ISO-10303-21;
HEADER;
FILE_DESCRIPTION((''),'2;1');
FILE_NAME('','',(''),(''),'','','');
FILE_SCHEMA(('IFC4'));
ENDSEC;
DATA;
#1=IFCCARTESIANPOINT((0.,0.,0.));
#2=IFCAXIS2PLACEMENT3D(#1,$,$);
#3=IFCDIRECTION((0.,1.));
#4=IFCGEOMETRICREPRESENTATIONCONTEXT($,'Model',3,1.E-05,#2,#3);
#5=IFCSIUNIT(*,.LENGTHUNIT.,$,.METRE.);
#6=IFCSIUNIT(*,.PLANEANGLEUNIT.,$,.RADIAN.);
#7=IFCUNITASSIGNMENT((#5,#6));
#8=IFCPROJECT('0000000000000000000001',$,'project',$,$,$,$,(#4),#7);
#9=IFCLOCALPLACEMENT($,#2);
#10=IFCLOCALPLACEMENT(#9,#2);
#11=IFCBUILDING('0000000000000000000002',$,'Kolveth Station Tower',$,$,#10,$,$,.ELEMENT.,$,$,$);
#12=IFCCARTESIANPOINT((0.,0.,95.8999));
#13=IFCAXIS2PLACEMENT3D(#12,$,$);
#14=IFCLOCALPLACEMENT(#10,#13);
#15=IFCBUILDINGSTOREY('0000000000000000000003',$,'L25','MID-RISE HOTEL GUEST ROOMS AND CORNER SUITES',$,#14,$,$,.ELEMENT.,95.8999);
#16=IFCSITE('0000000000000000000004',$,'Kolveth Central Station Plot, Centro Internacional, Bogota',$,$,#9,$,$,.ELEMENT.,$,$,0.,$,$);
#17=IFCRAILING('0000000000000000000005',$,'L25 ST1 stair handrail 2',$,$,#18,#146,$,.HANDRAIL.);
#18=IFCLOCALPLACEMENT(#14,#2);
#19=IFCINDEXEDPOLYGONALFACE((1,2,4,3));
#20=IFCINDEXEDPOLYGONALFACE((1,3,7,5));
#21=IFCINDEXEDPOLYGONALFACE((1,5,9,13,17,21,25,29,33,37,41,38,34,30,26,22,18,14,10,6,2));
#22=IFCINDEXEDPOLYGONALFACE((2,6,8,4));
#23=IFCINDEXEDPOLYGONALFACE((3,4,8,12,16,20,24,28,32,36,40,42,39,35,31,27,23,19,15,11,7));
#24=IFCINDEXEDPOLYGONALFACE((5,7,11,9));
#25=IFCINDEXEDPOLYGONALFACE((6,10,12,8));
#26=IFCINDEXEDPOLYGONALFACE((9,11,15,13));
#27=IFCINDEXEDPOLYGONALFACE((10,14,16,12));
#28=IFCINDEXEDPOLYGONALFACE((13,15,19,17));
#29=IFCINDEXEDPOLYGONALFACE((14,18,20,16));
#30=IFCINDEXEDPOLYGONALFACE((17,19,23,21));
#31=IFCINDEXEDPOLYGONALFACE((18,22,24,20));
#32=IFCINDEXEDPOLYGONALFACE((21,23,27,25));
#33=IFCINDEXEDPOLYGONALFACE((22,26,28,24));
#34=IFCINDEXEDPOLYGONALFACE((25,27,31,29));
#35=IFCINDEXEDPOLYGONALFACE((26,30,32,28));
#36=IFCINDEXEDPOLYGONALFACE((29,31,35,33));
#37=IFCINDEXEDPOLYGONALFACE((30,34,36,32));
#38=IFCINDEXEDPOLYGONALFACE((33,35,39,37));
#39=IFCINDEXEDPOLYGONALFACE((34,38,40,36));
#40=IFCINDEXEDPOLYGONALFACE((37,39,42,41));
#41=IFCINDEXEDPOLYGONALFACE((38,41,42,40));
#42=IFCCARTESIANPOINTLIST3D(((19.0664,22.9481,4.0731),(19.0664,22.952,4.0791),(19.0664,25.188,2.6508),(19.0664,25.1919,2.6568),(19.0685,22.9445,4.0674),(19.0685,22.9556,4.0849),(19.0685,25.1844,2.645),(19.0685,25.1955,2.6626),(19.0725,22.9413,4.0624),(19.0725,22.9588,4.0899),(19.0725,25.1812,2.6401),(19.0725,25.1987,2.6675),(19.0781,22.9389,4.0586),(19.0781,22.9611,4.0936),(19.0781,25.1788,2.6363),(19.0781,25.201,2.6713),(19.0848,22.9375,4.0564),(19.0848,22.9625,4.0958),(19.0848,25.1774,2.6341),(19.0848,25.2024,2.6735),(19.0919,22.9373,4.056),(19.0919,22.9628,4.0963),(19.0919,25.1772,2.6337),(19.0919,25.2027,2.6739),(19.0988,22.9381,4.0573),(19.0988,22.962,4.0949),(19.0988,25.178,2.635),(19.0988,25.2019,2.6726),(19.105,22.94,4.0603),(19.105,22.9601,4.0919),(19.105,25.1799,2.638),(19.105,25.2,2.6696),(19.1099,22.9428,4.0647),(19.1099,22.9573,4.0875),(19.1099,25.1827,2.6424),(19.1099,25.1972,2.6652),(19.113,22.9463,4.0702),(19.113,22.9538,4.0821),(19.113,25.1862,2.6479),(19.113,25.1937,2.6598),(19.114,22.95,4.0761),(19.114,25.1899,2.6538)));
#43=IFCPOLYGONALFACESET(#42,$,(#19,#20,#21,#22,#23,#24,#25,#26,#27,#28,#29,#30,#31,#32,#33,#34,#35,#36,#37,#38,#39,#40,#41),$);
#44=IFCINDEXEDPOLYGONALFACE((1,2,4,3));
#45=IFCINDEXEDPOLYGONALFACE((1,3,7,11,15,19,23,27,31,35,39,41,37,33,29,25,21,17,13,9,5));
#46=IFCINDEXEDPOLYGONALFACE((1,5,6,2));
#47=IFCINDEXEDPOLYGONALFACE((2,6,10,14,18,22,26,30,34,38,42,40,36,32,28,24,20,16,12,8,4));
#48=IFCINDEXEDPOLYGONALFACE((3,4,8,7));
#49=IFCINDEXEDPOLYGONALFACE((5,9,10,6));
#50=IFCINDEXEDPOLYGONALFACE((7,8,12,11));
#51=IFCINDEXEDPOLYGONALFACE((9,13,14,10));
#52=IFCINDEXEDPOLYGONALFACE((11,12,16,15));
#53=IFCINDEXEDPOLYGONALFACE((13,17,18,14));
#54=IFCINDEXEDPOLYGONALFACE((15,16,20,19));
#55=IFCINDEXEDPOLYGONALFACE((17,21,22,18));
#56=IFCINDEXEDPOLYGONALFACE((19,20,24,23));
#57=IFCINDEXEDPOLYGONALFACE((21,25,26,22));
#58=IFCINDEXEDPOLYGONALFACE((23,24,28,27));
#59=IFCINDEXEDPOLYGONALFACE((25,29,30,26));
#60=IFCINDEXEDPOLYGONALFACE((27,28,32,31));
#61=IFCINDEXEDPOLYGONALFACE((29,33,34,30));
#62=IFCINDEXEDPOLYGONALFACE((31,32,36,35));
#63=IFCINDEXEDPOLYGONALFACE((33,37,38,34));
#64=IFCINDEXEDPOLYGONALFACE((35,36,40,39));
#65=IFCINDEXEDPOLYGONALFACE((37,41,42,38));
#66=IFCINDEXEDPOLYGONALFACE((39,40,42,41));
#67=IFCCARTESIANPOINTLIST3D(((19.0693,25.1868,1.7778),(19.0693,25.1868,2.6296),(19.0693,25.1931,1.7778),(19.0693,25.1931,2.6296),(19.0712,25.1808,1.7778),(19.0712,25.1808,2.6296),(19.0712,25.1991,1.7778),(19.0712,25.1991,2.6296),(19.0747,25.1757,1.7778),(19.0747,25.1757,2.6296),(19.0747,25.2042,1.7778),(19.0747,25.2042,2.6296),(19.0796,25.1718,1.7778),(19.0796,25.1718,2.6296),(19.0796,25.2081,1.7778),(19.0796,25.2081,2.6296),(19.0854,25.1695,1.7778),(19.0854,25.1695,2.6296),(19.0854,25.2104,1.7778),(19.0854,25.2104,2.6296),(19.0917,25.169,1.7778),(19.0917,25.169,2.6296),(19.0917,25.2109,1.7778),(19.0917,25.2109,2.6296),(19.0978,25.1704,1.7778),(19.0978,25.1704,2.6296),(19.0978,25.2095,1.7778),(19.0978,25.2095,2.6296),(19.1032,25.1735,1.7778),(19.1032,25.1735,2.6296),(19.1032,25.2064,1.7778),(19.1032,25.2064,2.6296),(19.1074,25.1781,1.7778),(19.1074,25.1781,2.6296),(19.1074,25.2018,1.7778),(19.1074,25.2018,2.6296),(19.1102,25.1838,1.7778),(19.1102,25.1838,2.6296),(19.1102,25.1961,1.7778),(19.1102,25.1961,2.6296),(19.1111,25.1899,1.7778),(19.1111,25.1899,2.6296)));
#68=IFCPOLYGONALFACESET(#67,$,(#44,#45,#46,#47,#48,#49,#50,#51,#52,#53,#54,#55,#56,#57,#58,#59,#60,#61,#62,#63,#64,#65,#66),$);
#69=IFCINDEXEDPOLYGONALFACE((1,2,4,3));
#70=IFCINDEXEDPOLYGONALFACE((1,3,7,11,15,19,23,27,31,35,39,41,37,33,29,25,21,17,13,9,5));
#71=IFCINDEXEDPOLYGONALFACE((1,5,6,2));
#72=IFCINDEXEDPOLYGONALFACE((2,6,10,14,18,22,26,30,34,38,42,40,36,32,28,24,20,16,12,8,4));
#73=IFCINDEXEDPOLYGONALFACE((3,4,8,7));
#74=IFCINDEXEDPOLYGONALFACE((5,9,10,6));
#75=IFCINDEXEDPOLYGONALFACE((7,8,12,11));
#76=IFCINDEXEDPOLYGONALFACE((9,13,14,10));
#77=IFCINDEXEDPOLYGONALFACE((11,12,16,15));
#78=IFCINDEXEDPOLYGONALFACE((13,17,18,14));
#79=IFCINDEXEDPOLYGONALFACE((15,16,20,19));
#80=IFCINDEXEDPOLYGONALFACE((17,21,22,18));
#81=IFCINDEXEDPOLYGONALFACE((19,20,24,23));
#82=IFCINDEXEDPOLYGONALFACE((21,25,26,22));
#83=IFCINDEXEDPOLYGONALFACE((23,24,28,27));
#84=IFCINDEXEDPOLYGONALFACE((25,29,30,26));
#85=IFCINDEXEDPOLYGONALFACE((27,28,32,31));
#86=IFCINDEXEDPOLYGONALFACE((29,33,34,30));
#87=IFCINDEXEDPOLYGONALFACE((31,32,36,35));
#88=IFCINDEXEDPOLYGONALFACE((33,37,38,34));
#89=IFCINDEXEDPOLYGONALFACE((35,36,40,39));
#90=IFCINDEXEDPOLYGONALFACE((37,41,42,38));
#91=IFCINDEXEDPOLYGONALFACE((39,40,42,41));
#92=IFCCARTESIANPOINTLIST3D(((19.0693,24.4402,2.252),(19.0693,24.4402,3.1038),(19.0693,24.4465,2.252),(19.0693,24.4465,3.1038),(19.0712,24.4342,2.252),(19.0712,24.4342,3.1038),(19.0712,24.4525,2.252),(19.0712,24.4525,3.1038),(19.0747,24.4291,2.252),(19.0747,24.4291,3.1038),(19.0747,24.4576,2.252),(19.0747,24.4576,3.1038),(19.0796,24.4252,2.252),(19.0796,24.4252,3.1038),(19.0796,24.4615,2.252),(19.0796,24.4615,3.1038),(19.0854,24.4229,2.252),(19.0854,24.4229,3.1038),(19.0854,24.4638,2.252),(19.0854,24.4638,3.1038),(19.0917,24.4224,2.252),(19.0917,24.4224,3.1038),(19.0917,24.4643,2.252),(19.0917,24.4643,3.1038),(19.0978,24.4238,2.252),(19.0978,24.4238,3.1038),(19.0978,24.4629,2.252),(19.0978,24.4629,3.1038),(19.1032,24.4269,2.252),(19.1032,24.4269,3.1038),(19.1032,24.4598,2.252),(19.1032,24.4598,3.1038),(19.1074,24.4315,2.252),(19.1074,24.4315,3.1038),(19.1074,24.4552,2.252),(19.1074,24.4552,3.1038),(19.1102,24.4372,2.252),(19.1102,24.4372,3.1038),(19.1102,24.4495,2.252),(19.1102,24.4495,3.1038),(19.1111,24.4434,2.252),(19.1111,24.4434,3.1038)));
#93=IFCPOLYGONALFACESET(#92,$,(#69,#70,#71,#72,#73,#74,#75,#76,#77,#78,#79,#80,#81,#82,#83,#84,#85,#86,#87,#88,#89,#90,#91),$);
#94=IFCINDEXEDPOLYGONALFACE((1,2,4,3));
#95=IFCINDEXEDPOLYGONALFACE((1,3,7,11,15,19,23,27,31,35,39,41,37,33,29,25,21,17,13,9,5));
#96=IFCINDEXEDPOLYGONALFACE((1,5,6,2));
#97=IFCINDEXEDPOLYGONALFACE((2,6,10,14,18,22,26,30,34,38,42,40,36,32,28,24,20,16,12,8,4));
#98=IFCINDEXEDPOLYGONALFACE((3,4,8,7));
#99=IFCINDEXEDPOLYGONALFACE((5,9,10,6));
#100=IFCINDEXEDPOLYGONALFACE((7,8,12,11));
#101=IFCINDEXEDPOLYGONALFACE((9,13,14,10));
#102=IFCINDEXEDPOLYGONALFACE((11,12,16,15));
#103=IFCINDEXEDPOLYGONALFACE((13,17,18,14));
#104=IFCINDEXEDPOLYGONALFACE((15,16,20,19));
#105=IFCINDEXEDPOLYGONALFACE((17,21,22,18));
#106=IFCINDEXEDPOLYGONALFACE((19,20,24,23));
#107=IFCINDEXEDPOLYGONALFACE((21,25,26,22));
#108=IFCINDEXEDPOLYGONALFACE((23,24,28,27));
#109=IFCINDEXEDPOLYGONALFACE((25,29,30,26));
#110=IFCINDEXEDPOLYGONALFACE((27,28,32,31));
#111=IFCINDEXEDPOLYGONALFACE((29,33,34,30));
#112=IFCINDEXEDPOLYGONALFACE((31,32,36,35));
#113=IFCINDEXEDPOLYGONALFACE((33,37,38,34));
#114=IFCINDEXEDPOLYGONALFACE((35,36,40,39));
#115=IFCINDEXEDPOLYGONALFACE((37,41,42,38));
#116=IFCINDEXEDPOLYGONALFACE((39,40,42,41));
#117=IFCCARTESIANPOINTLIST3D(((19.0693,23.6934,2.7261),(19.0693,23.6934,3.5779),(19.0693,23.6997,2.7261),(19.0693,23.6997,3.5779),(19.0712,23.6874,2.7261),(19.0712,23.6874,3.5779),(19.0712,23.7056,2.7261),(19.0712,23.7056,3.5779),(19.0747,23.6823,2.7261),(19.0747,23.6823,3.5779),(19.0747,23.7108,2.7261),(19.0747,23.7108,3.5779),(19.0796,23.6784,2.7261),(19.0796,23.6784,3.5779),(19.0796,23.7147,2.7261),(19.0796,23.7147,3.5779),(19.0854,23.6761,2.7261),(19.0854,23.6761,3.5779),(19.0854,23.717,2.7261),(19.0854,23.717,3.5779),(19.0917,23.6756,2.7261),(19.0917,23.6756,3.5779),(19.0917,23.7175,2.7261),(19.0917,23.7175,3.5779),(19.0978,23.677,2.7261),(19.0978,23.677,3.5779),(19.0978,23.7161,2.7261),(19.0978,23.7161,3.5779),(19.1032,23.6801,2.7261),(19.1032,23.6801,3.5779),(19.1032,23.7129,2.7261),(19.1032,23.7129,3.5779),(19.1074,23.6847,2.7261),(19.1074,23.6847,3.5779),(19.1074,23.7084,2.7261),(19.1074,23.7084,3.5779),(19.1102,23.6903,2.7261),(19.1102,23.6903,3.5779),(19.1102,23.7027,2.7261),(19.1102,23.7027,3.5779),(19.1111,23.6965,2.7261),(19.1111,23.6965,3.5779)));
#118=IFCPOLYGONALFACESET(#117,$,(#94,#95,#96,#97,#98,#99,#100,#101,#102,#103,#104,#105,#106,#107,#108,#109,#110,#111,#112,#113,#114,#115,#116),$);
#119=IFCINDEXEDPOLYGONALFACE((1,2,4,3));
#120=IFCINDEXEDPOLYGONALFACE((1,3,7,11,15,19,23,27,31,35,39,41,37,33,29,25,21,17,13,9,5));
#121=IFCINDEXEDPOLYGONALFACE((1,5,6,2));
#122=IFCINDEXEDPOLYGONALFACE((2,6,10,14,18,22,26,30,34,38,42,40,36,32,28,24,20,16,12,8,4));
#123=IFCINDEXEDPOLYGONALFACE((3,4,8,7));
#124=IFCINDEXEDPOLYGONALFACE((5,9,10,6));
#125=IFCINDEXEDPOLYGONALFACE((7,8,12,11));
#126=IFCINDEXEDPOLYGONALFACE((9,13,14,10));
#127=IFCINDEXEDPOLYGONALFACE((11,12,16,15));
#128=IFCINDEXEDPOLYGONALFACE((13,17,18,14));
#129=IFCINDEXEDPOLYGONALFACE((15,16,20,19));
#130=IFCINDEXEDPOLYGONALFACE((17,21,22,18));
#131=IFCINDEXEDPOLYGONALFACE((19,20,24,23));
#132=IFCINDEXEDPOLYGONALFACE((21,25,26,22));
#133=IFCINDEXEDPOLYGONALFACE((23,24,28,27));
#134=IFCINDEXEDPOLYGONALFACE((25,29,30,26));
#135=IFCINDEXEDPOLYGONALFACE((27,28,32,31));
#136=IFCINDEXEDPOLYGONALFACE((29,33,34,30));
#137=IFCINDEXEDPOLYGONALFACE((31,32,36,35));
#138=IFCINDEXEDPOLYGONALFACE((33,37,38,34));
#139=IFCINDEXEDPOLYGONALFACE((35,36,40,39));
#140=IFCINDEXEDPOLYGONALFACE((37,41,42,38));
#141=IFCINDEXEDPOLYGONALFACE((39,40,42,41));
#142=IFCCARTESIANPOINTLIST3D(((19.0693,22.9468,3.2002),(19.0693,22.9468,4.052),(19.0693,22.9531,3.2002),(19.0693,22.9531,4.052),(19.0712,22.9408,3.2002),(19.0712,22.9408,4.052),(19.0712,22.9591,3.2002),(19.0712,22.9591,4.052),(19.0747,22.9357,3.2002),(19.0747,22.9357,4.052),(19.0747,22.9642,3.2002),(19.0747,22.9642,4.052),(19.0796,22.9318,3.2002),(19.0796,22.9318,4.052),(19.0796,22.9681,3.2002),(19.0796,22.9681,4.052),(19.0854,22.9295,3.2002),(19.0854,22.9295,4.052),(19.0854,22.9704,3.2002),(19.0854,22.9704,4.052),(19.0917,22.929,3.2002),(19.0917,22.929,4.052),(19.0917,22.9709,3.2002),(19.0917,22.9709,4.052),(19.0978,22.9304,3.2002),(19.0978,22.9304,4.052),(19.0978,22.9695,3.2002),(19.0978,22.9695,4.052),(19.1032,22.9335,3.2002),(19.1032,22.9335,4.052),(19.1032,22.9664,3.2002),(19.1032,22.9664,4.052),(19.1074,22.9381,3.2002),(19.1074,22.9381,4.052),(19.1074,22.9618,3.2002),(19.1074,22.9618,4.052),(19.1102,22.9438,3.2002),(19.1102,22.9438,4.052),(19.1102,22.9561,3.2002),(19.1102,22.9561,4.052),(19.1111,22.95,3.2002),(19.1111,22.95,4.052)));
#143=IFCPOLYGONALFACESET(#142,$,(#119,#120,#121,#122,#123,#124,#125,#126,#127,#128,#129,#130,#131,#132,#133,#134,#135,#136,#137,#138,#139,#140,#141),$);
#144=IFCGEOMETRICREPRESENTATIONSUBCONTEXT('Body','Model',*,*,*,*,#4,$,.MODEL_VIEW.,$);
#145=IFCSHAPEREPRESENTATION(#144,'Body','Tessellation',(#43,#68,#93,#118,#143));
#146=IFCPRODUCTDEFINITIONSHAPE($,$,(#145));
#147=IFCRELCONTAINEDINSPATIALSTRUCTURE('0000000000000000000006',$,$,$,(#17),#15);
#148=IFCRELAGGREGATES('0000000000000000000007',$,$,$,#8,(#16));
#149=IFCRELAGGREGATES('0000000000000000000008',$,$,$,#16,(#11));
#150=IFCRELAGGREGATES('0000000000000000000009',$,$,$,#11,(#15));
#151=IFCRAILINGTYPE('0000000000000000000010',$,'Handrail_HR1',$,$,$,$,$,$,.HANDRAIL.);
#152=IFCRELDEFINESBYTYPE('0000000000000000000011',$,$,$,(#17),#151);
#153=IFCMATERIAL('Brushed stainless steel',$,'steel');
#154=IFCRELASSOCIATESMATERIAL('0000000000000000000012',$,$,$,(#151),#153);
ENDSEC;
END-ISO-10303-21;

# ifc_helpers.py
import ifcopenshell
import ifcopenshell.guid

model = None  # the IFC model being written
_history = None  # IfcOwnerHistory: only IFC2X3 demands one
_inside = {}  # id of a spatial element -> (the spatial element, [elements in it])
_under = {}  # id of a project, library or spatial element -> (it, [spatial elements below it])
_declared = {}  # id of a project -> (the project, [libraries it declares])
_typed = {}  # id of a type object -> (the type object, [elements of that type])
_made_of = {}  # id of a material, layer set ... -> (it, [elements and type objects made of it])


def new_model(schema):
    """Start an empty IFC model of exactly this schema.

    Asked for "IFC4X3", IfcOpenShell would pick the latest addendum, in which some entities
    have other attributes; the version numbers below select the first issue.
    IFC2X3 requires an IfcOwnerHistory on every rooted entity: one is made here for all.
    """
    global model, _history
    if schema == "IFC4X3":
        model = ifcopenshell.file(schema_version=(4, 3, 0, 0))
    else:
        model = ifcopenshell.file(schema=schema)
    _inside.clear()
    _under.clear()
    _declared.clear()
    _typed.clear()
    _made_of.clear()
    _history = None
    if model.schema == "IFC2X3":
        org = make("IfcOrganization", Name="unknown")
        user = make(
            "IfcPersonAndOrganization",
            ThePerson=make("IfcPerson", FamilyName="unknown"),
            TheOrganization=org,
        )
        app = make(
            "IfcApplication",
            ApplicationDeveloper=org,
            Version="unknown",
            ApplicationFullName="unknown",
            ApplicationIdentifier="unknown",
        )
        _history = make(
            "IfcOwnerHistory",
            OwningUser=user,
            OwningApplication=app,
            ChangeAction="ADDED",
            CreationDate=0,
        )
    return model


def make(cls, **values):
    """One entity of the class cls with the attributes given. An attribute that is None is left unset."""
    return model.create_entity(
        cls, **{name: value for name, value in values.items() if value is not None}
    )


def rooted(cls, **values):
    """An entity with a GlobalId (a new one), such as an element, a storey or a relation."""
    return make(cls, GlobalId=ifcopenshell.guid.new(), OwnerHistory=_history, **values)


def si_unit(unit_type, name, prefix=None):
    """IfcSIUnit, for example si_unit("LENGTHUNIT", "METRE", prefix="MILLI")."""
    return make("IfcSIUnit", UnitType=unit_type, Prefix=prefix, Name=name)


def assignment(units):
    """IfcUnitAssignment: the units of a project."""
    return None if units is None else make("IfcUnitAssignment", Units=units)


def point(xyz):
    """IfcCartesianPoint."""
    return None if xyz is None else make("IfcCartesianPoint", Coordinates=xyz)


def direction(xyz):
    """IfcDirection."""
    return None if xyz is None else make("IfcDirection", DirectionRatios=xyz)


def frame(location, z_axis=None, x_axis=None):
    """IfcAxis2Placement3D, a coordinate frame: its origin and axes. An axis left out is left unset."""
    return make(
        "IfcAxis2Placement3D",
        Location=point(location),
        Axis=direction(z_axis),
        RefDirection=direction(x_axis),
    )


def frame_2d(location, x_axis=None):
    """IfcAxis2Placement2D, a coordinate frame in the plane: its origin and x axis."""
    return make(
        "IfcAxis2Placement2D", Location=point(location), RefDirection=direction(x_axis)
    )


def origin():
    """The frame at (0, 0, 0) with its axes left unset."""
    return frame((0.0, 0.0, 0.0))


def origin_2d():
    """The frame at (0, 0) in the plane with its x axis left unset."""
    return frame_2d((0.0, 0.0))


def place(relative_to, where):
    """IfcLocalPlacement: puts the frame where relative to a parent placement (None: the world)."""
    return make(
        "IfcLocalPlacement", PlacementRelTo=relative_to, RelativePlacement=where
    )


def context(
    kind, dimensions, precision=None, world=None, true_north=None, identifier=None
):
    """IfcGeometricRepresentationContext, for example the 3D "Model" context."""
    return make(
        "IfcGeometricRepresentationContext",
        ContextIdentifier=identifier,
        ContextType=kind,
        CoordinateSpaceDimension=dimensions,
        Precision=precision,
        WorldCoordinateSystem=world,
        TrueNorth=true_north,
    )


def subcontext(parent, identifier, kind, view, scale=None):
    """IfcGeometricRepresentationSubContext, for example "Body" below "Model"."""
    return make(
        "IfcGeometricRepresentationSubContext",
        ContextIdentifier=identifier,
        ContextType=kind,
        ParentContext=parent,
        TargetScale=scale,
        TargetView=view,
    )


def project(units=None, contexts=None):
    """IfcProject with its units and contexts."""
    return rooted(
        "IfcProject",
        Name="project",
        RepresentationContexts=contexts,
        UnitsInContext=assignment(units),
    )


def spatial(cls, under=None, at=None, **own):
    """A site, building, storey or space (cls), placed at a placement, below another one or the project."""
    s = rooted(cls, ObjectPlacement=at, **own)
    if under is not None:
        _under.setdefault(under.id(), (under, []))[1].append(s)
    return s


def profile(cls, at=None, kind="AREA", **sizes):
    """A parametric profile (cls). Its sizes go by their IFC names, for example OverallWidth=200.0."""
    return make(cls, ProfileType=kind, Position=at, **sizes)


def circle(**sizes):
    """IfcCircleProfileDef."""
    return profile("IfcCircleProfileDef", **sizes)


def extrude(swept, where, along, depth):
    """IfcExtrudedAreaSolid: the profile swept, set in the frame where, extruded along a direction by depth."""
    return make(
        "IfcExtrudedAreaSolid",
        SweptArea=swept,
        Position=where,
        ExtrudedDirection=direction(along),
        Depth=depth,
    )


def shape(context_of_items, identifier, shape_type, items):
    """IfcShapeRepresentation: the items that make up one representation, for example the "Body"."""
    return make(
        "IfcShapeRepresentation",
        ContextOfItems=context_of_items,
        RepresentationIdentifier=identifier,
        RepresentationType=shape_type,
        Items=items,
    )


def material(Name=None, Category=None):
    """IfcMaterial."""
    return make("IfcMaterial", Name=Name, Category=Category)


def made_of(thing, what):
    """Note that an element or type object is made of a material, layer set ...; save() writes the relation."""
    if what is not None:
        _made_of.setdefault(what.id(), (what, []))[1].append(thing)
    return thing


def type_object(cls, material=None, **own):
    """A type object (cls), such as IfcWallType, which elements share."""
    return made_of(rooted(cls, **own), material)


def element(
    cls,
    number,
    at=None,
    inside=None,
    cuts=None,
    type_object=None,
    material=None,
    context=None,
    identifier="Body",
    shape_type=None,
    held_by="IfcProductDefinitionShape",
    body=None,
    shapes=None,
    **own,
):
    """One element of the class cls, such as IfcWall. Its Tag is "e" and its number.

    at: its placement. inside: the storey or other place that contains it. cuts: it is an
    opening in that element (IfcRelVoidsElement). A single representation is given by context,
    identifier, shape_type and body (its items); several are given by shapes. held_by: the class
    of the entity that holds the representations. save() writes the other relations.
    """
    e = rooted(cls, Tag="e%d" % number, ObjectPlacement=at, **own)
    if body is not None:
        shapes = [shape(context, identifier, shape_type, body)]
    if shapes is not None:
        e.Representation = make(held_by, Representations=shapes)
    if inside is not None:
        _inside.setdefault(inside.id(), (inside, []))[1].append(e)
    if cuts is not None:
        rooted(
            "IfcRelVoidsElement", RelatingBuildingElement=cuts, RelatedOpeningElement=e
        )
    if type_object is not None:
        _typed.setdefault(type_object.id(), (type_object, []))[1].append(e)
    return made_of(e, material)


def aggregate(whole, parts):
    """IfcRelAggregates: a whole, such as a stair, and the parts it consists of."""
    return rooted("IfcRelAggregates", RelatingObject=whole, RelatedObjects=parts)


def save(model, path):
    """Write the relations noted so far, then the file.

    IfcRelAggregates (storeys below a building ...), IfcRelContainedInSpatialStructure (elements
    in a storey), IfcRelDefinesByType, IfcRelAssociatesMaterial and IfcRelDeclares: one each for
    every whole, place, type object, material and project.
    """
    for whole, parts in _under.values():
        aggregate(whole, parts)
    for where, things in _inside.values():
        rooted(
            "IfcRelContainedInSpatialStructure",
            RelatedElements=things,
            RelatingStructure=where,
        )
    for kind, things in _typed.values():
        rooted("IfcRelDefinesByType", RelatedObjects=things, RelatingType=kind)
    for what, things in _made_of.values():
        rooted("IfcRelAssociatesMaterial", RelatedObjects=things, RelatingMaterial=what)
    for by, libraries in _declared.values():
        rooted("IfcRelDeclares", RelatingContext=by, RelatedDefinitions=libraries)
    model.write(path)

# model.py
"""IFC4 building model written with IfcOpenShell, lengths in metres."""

from ifc_helpers import new_model, si_unit, direction, frame, origin, origin_2d, place, context, subcontext, project, spatial, circle, extrude, material, type_object, element, save


model = new_model("IFC4")

# Units and contexts
model_context = context("Model", 3, precision=1e-05, world=origin(), true_north=direction((0.0, 1.0)))
body_context = subcontext(model_context, "Body", "Model", "MODEL_VIEW")
ifc_project = project(units=[si_unit("LENGTHUNIT", "METRE"), si_unit("PLANEANGLEUNIT", "RADIAN")], contexts=[model_context])

# Site, building, storey
site_placement = place(None, origin())
site = spatial("IfcSite", under=ifc_project, at=site_placement, Name="Kolveth Central Station Plot, Centro Internacional, Bogota", CompositionType="ELEMENT", RefElevation=0.0)
building_placement = place(site_placement, origin())
building = spatial("IfcBuilding", under=site, at=building_placement, Name="Kolveth Station Tower", CompositionType="ELEMENT")
storey_placement = place(building_placement, frame((0.0, 0.0, 95.8999)))
storey = spatial("IfcBuildingStorey", under=building, at=storey_placement, Name="L25", Description="MID-RISE HOTEL GUEST ROOMS AND CORNER SUITES", CompositionType="ELEMENT", Elevation=95.8999)

# Railing
ifc_material_1 = material(Name="Brushed stainless steel", Category="steel")
railing_type_1 = type_object("IfcRailingType", Name="Handrail_HR1", PredefinedType="HANDRAIL", material=ifc_material_1)
railing_1_placement = place(storey_placement, frame((19.0901, 25.1899, 1.7778)))
element("IfcRailing", 1, at=railing_1_placement, inside=storey, type_object=railing_type_1, Name="L25 ST1 stair handrail 2", PredefinedType="HANDRAIL", context=body_context, shape_type="SweptSolid", body=[
    extrude(circle(Radius=0.0239, at=origin_2d()), frame((0.0, 0.0, 0.876), z_axis=(0.0, -0.844188, 0.536048), x_axis=(1.0, 0.0, 0.0)), (0.0, 0.0, 1.0), 2.6533),
    extrude(circle(Radius=0.021, at=origin_2d()), origin(), (0.0, 0.0, 1.0), 0.8518),
    extrude(circle(Radius=0.021, at=origin_2d()), frame((0.0, -0.7466, 0.4741)), (0.0, 0.0, 1.0), 0.8518),
    extrude(circle(Radius=0.021, at=origin_2d()), frame((0.0, -1.4934, 0.9482)), (0.0, 0.0, 1.0), 0.8518),
    extrude(circle(Radius=0.021, at=origin_2d()), frame((0.0, -2.24, 1.4224)), (0.0, 0.0, 1.0), 0.8518),
])

save(model, "model.ifc")
